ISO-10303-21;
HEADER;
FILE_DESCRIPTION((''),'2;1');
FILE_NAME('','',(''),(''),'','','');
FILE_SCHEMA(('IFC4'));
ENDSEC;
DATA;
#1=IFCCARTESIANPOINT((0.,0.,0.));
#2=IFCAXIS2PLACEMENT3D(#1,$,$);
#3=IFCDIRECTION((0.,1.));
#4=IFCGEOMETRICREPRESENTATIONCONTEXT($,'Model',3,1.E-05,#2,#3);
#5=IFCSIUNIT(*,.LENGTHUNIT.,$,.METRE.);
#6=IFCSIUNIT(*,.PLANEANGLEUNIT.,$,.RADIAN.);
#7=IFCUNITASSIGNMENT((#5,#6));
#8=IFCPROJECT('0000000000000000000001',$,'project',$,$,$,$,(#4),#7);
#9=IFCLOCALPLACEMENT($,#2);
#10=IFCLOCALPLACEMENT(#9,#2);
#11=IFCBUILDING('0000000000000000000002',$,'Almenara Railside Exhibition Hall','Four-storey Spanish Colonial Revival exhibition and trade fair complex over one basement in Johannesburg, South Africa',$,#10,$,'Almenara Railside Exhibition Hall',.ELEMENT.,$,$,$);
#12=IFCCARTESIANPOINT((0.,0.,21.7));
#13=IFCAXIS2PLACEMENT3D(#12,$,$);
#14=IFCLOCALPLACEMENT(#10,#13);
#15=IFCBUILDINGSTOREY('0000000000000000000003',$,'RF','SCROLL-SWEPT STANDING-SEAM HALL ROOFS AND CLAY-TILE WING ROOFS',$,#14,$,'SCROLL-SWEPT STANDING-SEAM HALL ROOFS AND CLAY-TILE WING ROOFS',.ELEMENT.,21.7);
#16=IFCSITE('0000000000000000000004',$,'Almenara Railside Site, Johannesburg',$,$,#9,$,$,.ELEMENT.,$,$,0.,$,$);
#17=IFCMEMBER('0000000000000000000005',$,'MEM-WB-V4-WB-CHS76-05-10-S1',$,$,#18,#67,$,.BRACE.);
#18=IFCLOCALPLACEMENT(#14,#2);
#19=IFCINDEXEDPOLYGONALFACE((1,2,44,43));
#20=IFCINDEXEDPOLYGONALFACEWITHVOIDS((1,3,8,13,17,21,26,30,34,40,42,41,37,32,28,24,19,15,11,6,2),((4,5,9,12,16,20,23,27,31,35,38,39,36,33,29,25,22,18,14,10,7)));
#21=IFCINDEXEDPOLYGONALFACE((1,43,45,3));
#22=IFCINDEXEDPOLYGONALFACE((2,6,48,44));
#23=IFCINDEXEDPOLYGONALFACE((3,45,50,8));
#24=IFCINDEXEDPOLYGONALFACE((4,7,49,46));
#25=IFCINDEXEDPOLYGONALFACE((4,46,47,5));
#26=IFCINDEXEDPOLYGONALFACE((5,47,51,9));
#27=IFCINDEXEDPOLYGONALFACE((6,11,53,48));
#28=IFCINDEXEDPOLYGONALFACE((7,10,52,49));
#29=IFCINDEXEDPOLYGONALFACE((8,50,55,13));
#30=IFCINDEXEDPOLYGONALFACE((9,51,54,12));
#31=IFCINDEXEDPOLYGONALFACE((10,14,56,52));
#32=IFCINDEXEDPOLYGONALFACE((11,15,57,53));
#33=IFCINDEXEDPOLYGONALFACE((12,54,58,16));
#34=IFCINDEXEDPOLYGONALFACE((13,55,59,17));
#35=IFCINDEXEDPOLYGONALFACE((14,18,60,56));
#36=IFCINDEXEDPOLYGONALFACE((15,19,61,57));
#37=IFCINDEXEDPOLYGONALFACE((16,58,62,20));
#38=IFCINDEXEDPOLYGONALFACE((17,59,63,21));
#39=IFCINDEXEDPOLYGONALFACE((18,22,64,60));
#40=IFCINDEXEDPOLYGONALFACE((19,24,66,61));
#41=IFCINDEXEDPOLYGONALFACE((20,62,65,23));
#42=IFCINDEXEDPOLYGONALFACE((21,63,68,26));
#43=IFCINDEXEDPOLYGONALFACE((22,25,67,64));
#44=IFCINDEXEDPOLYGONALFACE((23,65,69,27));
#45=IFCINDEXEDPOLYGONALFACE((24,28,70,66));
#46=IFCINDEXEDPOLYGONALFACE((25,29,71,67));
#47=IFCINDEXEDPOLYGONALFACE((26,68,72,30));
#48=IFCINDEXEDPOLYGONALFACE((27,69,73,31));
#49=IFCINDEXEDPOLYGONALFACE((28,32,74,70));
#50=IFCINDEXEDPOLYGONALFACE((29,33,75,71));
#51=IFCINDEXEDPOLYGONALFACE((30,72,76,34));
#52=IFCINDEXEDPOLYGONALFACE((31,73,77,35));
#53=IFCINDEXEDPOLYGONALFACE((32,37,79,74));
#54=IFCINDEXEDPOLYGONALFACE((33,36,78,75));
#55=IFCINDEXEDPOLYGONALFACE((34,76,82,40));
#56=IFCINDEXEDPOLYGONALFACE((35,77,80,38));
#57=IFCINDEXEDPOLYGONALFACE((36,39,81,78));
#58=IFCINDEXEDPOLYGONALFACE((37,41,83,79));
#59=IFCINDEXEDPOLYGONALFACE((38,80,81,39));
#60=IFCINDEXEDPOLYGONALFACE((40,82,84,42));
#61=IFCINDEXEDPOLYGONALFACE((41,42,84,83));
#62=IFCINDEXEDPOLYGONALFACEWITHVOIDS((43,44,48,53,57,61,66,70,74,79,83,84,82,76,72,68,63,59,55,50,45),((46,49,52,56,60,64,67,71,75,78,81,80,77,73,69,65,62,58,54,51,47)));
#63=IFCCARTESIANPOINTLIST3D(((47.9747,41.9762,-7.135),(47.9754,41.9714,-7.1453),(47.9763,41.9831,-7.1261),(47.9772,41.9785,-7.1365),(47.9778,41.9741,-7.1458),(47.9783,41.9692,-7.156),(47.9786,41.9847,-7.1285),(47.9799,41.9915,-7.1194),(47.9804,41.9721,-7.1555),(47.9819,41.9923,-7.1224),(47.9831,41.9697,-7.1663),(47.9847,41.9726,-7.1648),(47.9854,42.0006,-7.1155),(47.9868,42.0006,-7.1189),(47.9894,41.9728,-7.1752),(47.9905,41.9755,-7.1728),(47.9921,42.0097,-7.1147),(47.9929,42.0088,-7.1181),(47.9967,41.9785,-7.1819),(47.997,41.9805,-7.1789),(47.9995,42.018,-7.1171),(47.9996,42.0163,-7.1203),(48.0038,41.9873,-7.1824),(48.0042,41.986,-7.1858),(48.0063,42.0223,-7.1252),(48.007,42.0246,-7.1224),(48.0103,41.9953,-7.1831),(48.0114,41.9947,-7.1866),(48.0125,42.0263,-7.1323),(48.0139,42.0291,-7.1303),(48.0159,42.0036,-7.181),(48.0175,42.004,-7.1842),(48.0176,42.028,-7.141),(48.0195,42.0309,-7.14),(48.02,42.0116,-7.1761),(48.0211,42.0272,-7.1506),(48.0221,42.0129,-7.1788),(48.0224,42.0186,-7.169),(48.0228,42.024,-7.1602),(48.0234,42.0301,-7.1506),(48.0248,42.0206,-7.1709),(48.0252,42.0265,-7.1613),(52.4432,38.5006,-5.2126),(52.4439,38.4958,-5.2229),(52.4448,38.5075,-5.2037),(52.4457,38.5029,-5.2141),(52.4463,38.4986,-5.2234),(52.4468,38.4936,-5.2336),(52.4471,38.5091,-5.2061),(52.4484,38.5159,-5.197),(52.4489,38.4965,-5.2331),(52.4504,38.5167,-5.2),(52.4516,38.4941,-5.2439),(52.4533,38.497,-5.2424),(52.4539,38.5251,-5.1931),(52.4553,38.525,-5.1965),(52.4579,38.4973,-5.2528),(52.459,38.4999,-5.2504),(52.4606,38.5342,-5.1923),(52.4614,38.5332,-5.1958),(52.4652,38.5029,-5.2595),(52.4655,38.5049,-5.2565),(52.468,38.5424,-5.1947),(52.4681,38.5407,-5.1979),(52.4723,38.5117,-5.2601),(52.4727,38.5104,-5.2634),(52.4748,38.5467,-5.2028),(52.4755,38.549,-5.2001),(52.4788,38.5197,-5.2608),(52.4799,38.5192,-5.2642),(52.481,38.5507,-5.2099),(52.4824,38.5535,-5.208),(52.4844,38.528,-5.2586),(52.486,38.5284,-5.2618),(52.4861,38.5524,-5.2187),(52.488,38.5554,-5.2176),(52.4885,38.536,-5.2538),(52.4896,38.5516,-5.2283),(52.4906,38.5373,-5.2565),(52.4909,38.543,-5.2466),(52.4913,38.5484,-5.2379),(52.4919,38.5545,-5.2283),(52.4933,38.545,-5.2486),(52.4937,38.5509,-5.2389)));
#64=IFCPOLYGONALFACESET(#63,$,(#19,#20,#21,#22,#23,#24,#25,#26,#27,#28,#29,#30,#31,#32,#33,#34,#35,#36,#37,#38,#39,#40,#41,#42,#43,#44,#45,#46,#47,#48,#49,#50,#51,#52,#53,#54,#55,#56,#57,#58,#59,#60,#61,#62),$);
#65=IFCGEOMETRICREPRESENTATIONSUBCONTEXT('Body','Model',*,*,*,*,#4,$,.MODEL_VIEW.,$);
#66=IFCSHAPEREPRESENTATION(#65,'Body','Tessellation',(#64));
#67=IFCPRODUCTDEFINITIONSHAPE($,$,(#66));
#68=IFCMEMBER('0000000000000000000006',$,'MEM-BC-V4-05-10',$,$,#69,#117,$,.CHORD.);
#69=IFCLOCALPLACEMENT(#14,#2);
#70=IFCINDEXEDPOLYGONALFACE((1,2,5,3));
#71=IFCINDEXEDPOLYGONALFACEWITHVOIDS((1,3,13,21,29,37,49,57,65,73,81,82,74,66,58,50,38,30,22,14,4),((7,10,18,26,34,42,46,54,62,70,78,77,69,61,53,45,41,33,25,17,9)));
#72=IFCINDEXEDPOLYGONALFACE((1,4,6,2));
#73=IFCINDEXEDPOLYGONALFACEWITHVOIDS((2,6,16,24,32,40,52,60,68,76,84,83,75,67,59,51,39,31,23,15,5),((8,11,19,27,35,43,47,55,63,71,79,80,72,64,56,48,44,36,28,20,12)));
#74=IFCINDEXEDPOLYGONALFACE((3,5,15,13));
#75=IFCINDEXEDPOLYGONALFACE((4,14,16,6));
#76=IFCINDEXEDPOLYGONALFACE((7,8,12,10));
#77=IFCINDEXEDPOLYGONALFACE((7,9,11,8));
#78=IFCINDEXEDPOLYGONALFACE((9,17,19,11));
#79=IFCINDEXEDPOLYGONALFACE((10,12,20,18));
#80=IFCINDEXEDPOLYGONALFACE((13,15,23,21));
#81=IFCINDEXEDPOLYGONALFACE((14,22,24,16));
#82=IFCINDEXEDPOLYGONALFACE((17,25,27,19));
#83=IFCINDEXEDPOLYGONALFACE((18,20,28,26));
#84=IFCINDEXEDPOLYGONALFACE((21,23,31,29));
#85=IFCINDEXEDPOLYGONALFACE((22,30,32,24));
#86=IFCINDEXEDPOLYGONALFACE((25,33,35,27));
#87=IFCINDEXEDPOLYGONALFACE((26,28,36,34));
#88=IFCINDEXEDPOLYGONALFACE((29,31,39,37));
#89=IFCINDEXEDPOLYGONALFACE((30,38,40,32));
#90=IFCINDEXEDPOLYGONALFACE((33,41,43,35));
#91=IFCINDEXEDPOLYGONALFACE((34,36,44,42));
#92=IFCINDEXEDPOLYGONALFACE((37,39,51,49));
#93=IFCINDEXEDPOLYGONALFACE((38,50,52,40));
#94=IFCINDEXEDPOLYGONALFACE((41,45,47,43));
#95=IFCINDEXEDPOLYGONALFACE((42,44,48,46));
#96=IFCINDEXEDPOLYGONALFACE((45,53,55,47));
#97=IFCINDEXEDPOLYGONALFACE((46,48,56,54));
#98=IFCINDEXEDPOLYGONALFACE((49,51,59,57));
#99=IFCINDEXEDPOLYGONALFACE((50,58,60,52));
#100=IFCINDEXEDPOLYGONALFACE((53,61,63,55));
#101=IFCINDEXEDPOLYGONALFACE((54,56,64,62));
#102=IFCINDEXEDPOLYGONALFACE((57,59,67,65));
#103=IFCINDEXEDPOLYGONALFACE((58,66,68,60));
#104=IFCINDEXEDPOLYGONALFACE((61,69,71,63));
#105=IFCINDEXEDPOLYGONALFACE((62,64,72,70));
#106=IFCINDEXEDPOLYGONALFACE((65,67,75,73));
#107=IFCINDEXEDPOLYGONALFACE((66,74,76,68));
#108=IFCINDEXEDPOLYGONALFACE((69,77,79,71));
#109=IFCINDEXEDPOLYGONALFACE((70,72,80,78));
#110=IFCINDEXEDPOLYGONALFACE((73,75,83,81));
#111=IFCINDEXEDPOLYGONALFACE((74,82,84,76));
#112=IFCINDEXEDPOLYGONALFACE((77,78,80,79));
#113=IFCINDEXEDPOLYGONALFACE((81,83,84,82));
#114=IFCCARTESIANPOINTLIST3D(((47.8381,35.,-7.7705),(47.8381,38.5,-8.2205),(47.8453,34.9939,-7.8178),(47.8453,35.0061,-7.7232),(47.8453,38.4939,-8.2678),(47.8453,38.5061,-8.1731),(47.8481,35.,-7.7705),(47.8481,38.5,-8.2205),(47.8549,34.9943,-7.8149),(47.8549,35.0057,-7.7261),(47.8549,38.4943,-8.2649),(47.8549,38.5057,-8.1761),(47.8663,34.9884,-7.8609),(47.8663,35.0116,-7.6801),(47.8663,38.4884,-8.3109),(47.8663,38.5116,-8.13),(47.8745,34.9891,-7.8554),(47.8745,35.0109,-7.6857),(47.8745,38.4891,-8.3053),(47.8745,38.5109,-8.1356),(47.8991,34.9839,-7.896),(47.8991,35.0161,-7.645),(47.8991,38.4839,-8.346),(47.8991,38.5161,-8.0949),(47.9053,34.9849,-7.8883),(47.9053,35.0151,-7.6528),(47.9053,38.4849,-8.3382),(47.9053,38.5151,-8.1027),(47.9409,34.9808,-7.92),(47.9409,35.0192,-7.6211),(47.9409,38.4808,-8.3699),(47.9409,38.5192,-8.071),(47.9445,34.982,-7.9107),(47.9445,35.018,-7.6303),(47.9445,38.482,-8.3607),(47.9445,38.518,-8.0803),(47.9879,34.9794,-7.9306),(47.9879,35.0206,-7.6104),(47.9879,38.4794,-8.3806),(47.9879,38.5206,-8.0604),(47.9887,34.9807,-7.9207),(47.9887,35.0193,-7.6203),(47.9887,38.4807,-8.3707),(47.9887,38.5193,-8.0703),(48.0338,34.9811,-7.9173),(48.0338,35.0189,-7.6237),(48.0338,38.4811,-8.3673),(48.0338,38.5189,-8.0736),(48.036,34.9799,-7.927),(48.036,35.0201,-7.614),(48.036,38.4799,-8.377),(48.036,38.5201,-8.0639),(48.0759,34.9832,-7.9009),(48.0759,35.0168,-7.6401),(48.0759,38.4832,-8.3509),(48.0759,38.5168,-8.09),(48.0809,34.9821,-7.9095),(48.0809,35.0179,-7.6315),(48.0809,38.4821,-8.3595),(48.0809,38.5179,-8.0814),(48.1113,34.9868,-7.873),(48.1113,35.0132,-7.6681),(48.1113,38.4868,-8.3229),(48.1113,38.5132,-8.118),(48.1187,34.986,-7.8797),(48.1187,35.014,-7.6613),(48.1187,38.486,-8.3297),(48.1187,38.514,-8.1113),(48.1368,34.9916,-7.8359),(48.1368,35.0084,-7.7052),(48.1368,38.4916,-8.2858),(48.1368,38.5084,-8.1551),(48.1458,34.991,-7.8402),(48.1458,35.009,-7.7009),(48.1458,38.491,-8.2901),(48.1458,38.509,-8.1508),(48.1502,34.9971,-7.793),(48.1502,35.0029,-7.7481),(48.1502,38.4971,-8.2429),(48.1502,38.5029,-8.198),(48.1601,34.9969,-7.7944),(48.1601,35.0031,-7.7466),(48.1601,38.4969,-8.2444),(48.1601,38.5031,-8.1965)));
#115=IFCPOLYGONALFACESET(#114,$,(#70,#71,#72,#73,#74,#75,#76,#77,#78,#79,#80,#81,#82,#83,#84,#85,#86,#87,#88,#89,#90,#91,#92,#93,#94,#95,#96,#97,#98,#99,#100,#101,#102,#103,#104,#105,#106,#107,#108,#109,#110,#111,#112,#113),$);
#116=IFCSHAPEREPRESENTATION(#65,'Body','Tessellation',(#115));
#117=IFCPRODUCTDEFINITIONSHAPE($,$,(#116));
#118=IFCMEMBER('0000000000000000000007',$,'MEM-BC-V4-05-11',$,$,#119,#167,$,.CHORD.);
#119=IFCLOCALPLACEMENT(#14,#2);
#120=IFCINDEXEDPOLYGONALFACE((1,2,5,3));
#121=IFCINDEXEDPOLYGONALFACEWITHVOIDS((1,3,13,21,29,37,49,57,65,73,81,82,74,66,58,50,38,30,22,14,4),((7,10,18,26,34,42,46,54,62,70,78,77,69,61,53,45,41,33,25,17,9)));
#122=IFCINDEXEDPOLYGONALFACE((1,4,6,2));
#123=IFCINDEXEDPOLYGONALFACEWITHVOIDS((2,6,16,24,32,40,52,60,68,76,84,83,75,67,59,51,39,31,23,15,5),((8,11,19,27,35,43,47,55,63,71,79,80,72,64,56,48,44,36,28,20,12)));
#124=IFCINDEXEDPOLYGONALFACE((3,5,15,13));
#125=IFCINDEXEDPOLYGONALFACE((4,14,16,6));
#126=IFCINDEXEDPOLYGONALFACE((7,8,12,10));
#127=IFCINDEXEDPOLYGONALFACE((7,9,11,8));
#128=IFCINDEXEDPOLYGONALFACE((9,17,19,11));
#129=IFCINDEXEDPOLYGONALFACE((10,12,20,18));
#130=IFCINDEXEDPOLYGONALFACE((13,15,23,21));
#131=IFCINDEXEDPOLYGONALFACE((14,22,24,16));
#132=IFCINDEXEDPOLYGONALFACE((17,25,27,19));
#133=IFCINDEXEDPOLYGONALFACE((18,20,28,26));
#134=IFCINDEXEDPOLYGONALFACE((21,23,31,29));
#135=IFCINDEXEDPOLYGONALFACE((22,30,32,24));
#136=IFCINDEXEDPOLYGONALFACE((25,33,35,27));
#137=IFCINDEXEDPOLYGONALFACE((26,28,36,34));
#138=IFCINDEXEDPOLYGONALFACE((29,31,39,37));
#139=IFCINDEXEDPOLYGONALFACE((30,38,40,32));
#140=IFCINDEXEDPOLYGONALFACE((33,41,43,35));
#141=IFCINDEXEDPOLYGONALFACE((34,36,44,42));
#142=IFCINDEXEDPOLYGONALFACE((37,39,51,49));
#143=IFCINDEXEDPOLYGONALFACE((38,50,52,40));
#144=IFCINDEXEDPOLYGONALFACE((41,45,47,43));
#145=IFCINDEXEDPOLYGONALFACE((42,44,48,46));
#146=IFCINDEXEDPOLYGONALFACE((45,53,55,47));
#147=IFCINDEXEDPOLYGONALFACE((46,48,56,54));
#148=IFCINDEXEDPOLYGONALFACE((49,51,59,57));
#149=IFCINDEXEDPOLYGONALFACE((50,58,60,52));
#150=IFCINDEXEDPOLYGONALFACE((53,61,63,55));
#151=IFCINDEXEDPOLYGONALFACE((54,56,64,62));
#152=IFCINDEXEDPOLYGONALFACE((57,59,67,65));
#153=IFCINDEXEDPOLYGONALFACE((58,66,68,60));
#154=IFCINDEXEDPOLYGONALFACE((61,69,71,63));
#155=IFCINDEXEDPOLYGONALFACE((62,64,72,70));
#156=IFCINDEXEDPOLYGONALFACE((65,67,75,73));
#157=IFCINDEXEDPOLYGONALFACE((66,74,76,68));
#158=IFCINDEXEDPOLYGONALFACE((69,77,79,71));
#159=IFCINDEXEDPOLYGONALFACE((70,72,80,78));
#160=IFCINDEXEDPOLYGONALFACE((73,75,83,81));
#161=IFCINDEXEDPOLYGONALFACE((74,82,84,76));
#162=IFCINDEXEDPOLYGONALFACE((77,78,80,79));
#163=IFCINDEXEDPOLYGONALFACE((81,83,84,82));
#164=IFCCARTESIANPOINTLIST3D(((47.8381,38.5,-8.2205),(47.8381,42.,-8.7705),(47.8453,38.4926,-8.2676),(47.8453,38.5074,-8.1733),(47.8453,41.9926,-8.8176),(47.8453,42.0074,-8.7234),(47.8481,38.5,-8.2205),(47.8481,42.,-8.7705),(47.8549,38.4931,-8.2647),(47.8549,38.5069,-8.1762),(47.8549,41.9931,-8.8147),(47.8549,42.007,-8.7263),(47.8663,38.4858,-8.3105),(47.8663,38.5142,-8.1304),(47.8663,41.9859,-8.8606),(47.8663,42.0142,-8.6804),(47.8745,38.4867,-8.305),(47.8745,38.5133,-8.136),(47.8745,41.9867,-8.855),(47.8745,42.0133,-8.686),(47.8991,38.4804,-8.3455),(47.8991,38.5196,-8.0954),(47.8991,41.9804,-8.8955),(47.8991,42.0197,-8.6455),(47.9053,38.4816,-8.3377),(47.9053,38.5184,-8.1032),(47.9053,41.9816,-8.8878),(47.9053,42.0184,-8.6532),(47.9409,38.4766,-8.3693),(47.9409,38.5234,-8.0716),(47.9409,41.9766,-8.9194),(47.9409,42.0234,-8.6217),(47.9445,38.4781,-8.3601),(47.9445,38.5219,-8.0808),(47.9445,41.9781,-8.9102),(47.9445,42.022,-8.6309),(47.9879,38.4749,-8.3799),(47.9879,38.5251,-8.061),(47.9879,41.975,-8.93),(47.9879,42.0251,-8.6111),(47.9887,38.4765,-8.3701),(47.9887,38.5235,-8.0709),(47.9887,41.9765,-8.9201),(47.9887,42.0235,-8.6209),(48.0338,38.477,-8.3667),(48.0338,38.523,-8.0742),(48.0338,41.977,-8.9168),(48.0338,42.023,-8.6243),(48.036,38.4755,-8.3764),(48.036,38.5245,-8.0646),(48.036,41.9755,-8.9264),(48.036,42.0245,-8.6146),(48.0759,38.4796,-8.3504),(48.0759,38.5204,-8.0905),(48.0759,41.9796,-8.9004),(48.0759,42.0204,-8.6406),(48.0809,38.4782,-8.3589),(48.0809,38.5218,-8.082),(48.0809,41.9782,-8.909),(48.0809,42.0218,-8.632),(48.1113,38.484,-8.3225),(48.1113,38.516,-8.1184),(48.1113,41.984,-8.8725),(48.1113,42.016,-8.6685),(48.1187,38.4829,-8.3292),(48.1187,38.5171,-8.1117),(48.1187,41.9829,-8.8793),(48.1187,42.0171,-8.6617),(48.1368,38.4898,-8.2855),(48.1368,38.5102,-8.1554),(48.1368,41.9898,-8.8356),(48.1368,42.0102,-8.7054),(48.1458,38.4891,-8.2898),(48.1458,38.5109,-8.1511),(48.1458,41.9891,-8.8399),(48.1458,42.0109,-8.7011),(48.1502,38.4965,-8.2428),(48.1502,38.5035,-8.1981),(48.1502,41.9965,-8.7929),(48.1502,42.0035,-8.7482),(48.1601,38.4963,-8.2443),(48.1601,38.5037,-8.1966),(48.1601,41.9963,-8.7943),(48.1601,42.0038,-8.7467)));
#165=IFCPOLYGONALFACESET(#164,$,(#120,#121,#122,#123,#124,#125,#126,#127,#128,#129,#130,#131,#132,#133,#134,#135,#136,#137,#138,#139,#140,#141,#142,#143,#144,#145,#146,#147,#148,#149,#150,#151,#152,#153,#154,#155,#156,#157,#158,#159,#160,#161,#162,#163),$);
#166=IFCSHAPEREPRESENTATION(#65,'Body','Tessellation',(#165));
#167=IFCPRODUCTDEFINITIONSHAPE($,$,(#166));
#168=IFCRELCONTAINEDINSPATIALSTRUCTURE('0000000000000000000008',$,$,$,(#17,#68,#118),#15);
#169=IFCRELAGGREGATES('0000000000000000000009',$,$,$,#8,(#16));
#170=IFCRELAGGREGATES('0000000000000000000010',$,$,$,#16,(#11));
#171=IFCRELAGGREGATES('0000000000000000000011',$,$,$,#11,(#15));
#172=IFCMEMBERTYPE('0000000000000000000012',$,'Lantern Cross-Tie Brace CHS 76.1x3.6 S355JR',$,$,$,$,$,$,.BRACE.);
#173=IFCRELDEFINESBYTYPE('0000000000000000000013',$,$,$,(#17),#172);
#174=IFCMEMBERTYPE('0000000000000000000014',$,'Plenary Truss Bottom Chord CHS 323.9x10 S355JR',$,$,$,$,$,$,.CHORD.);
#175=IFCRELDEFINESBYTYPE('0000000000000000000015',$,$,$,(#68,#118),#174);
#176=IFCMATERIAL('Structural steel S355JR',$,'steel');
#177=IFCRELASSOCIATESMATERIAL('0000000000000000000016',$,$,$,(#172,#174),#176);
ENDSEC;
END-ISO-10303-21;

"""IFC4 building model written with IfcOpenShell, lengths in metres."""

from ifc_helpers import new_model, si_unit, direction, frame, origin, origin_2d, place, context, subcontext, project, spatial, hollow_circle, extrude, material, material_profile, profile_set, type_object, element, save


model = new_model("IFC4")

# Units and contexts
model_context = context("Model", 3, precision=1e-05, world=origin(), true_north=direction((0.0, 1.0)))
body_context = subcontext(model_context, "Body", "Model", "MODEL_VIEW")
ifc_project = project(units=[si_unit("LENGTHUNIT", "METRE"), si_unit("PLANEANGLEUNIT", "RADIAN")], contexts=[model_context])

# Site, building, storey
site_placement = place(None, origin())
site = spatial("IfcSite", under=ifc_project, at=site_placement, Name="Almenara Railside Site, Johannesburg", CompositionType="ELEMENT", RefElevation=0.0)
building_placement = place(site_placement, origin())
building = spatial("IfcBuilding", under=site, at=building_placement, Name="Almenara Railside Exhibition Hall", Description="Four-storey Spanish Colonial Revival exhibition and trade fair complex over one basement in Johannesburg, South Africa", LongName="Almenara Railside Exhibition Hall", CompositionType="ELEMENT")
storey_placement = place(building_placement, frame((0.0, 0.0, 21.7)))
storey = spatial("IfcBuildingStorey", under=building, at=storey_placement, Name="RF", Description="SCROLL-SWEPT STANDING-SEAM HALL ROOFS AND CLAY-TILE WING ROOFS", LongName="SCROLL-SWEPT STANDING-SEAM HALL ROOFS AND CLAY-TILE WING ROOFS", CompositionType="ELEMENT", Elevation=21.7)

# Shared definitions
ifc_material_1 = material(Name="Structural steel S355JR", Category="steel")

# Members
ifc_material_profile_1 = material_profile(ifc_material_1, hollow_circle(Radius=0.0381, WallThickness=0.0037, at=origin_2d()), Name="CHS 76.1x3.6")
ifc_profile_set_1 = profile_set([ifc_material_profile_1], Name="Structural steel S355JR")
member_type_1 = type_object("IfcMemberType", Name="Lantern Cross-Tie Brace CHS 76.1x3.6 S355JR", PredefinedType="BRACE", material=ifc_profile_set_1)
member_1_placement = place(storey_placement, frame((48.0, 42.0, -7.1506), z_axis=(0.747427, -0.581345, 0.321545), x_axis=(0.61395, 0.789345, 0.0)))
element("IfcMember", 1, at=member_1_placement, inside=storey, type_object=member_type_1, Name="MEM-WB-V4-WB-CHS76-05-10-S1", PredefinedType="BRACE", context=body_context, shape_type="SweptSolid", body=[
    extrude(hollow_circle(Radius=0.0381, WallThickness=0.0037, at=origin_2d()), origin(), (0.0, 0.0, 1.0), 5.9785),
])
ifc_material_profile_2 = material_profile(ifc_material_1, hollow_circle(Radius=0.1619, WallThickness=0.01, at=origin_2d()), Name="CHS 323.9x10")
ifc_profile_set_2 = profile_set([ifc_material_profile_2], Name="Structural steel S355JR")
member_type_2 = type_object("IfcMemberType", Name="Plenary Truss Bottom Chord CHS 323.9x10 S355JR", PredefinedType="CHORD", material=ifc_profile_set_2)
member_2_placement = place(storey_placement, frame((48.0, 35.0, -7.7705), z_axis=(0.0, 0.991838, -0.127508), x_axis=(-1.0, 0.0, 0.0)))
element("IfcMember", 2, at=member_2_placement, inside=storey, type_object=member_type_2, Name="MEM-BC-V4-05-10", PredefinedType="CHORD", context=body_context, shape_type="SweptSolid", body=[
    extrude(hollow_circle(Radius=0.1619, WallThickness=0.01, at=origin_2d()), origin(), (0.0, 0.0, 1.0), 3.5288),
])
member_3_placement = place(storey_placement, frame((48.0, 38.5, -8.2205), z_axis=(0.0, 0.987875, -0.155251), x_axis=(-1.0, 0.0, 0.0)))
element("IfcMember", 3, at=member_3_placement, inside=storey, type_object=member_type_2, Name="MEM-BC-V4-05-11", PredefinedType="CHORD", context=body_context, shape_type="SweptSolid", body=[
    extrude(hollow_circle(Radius=0.1619, WallThickness=0.01, at=origin_2d()), origin(), (0.0, 0.0, 1.0), 3.543),
])

save(model, "model.ifc")
